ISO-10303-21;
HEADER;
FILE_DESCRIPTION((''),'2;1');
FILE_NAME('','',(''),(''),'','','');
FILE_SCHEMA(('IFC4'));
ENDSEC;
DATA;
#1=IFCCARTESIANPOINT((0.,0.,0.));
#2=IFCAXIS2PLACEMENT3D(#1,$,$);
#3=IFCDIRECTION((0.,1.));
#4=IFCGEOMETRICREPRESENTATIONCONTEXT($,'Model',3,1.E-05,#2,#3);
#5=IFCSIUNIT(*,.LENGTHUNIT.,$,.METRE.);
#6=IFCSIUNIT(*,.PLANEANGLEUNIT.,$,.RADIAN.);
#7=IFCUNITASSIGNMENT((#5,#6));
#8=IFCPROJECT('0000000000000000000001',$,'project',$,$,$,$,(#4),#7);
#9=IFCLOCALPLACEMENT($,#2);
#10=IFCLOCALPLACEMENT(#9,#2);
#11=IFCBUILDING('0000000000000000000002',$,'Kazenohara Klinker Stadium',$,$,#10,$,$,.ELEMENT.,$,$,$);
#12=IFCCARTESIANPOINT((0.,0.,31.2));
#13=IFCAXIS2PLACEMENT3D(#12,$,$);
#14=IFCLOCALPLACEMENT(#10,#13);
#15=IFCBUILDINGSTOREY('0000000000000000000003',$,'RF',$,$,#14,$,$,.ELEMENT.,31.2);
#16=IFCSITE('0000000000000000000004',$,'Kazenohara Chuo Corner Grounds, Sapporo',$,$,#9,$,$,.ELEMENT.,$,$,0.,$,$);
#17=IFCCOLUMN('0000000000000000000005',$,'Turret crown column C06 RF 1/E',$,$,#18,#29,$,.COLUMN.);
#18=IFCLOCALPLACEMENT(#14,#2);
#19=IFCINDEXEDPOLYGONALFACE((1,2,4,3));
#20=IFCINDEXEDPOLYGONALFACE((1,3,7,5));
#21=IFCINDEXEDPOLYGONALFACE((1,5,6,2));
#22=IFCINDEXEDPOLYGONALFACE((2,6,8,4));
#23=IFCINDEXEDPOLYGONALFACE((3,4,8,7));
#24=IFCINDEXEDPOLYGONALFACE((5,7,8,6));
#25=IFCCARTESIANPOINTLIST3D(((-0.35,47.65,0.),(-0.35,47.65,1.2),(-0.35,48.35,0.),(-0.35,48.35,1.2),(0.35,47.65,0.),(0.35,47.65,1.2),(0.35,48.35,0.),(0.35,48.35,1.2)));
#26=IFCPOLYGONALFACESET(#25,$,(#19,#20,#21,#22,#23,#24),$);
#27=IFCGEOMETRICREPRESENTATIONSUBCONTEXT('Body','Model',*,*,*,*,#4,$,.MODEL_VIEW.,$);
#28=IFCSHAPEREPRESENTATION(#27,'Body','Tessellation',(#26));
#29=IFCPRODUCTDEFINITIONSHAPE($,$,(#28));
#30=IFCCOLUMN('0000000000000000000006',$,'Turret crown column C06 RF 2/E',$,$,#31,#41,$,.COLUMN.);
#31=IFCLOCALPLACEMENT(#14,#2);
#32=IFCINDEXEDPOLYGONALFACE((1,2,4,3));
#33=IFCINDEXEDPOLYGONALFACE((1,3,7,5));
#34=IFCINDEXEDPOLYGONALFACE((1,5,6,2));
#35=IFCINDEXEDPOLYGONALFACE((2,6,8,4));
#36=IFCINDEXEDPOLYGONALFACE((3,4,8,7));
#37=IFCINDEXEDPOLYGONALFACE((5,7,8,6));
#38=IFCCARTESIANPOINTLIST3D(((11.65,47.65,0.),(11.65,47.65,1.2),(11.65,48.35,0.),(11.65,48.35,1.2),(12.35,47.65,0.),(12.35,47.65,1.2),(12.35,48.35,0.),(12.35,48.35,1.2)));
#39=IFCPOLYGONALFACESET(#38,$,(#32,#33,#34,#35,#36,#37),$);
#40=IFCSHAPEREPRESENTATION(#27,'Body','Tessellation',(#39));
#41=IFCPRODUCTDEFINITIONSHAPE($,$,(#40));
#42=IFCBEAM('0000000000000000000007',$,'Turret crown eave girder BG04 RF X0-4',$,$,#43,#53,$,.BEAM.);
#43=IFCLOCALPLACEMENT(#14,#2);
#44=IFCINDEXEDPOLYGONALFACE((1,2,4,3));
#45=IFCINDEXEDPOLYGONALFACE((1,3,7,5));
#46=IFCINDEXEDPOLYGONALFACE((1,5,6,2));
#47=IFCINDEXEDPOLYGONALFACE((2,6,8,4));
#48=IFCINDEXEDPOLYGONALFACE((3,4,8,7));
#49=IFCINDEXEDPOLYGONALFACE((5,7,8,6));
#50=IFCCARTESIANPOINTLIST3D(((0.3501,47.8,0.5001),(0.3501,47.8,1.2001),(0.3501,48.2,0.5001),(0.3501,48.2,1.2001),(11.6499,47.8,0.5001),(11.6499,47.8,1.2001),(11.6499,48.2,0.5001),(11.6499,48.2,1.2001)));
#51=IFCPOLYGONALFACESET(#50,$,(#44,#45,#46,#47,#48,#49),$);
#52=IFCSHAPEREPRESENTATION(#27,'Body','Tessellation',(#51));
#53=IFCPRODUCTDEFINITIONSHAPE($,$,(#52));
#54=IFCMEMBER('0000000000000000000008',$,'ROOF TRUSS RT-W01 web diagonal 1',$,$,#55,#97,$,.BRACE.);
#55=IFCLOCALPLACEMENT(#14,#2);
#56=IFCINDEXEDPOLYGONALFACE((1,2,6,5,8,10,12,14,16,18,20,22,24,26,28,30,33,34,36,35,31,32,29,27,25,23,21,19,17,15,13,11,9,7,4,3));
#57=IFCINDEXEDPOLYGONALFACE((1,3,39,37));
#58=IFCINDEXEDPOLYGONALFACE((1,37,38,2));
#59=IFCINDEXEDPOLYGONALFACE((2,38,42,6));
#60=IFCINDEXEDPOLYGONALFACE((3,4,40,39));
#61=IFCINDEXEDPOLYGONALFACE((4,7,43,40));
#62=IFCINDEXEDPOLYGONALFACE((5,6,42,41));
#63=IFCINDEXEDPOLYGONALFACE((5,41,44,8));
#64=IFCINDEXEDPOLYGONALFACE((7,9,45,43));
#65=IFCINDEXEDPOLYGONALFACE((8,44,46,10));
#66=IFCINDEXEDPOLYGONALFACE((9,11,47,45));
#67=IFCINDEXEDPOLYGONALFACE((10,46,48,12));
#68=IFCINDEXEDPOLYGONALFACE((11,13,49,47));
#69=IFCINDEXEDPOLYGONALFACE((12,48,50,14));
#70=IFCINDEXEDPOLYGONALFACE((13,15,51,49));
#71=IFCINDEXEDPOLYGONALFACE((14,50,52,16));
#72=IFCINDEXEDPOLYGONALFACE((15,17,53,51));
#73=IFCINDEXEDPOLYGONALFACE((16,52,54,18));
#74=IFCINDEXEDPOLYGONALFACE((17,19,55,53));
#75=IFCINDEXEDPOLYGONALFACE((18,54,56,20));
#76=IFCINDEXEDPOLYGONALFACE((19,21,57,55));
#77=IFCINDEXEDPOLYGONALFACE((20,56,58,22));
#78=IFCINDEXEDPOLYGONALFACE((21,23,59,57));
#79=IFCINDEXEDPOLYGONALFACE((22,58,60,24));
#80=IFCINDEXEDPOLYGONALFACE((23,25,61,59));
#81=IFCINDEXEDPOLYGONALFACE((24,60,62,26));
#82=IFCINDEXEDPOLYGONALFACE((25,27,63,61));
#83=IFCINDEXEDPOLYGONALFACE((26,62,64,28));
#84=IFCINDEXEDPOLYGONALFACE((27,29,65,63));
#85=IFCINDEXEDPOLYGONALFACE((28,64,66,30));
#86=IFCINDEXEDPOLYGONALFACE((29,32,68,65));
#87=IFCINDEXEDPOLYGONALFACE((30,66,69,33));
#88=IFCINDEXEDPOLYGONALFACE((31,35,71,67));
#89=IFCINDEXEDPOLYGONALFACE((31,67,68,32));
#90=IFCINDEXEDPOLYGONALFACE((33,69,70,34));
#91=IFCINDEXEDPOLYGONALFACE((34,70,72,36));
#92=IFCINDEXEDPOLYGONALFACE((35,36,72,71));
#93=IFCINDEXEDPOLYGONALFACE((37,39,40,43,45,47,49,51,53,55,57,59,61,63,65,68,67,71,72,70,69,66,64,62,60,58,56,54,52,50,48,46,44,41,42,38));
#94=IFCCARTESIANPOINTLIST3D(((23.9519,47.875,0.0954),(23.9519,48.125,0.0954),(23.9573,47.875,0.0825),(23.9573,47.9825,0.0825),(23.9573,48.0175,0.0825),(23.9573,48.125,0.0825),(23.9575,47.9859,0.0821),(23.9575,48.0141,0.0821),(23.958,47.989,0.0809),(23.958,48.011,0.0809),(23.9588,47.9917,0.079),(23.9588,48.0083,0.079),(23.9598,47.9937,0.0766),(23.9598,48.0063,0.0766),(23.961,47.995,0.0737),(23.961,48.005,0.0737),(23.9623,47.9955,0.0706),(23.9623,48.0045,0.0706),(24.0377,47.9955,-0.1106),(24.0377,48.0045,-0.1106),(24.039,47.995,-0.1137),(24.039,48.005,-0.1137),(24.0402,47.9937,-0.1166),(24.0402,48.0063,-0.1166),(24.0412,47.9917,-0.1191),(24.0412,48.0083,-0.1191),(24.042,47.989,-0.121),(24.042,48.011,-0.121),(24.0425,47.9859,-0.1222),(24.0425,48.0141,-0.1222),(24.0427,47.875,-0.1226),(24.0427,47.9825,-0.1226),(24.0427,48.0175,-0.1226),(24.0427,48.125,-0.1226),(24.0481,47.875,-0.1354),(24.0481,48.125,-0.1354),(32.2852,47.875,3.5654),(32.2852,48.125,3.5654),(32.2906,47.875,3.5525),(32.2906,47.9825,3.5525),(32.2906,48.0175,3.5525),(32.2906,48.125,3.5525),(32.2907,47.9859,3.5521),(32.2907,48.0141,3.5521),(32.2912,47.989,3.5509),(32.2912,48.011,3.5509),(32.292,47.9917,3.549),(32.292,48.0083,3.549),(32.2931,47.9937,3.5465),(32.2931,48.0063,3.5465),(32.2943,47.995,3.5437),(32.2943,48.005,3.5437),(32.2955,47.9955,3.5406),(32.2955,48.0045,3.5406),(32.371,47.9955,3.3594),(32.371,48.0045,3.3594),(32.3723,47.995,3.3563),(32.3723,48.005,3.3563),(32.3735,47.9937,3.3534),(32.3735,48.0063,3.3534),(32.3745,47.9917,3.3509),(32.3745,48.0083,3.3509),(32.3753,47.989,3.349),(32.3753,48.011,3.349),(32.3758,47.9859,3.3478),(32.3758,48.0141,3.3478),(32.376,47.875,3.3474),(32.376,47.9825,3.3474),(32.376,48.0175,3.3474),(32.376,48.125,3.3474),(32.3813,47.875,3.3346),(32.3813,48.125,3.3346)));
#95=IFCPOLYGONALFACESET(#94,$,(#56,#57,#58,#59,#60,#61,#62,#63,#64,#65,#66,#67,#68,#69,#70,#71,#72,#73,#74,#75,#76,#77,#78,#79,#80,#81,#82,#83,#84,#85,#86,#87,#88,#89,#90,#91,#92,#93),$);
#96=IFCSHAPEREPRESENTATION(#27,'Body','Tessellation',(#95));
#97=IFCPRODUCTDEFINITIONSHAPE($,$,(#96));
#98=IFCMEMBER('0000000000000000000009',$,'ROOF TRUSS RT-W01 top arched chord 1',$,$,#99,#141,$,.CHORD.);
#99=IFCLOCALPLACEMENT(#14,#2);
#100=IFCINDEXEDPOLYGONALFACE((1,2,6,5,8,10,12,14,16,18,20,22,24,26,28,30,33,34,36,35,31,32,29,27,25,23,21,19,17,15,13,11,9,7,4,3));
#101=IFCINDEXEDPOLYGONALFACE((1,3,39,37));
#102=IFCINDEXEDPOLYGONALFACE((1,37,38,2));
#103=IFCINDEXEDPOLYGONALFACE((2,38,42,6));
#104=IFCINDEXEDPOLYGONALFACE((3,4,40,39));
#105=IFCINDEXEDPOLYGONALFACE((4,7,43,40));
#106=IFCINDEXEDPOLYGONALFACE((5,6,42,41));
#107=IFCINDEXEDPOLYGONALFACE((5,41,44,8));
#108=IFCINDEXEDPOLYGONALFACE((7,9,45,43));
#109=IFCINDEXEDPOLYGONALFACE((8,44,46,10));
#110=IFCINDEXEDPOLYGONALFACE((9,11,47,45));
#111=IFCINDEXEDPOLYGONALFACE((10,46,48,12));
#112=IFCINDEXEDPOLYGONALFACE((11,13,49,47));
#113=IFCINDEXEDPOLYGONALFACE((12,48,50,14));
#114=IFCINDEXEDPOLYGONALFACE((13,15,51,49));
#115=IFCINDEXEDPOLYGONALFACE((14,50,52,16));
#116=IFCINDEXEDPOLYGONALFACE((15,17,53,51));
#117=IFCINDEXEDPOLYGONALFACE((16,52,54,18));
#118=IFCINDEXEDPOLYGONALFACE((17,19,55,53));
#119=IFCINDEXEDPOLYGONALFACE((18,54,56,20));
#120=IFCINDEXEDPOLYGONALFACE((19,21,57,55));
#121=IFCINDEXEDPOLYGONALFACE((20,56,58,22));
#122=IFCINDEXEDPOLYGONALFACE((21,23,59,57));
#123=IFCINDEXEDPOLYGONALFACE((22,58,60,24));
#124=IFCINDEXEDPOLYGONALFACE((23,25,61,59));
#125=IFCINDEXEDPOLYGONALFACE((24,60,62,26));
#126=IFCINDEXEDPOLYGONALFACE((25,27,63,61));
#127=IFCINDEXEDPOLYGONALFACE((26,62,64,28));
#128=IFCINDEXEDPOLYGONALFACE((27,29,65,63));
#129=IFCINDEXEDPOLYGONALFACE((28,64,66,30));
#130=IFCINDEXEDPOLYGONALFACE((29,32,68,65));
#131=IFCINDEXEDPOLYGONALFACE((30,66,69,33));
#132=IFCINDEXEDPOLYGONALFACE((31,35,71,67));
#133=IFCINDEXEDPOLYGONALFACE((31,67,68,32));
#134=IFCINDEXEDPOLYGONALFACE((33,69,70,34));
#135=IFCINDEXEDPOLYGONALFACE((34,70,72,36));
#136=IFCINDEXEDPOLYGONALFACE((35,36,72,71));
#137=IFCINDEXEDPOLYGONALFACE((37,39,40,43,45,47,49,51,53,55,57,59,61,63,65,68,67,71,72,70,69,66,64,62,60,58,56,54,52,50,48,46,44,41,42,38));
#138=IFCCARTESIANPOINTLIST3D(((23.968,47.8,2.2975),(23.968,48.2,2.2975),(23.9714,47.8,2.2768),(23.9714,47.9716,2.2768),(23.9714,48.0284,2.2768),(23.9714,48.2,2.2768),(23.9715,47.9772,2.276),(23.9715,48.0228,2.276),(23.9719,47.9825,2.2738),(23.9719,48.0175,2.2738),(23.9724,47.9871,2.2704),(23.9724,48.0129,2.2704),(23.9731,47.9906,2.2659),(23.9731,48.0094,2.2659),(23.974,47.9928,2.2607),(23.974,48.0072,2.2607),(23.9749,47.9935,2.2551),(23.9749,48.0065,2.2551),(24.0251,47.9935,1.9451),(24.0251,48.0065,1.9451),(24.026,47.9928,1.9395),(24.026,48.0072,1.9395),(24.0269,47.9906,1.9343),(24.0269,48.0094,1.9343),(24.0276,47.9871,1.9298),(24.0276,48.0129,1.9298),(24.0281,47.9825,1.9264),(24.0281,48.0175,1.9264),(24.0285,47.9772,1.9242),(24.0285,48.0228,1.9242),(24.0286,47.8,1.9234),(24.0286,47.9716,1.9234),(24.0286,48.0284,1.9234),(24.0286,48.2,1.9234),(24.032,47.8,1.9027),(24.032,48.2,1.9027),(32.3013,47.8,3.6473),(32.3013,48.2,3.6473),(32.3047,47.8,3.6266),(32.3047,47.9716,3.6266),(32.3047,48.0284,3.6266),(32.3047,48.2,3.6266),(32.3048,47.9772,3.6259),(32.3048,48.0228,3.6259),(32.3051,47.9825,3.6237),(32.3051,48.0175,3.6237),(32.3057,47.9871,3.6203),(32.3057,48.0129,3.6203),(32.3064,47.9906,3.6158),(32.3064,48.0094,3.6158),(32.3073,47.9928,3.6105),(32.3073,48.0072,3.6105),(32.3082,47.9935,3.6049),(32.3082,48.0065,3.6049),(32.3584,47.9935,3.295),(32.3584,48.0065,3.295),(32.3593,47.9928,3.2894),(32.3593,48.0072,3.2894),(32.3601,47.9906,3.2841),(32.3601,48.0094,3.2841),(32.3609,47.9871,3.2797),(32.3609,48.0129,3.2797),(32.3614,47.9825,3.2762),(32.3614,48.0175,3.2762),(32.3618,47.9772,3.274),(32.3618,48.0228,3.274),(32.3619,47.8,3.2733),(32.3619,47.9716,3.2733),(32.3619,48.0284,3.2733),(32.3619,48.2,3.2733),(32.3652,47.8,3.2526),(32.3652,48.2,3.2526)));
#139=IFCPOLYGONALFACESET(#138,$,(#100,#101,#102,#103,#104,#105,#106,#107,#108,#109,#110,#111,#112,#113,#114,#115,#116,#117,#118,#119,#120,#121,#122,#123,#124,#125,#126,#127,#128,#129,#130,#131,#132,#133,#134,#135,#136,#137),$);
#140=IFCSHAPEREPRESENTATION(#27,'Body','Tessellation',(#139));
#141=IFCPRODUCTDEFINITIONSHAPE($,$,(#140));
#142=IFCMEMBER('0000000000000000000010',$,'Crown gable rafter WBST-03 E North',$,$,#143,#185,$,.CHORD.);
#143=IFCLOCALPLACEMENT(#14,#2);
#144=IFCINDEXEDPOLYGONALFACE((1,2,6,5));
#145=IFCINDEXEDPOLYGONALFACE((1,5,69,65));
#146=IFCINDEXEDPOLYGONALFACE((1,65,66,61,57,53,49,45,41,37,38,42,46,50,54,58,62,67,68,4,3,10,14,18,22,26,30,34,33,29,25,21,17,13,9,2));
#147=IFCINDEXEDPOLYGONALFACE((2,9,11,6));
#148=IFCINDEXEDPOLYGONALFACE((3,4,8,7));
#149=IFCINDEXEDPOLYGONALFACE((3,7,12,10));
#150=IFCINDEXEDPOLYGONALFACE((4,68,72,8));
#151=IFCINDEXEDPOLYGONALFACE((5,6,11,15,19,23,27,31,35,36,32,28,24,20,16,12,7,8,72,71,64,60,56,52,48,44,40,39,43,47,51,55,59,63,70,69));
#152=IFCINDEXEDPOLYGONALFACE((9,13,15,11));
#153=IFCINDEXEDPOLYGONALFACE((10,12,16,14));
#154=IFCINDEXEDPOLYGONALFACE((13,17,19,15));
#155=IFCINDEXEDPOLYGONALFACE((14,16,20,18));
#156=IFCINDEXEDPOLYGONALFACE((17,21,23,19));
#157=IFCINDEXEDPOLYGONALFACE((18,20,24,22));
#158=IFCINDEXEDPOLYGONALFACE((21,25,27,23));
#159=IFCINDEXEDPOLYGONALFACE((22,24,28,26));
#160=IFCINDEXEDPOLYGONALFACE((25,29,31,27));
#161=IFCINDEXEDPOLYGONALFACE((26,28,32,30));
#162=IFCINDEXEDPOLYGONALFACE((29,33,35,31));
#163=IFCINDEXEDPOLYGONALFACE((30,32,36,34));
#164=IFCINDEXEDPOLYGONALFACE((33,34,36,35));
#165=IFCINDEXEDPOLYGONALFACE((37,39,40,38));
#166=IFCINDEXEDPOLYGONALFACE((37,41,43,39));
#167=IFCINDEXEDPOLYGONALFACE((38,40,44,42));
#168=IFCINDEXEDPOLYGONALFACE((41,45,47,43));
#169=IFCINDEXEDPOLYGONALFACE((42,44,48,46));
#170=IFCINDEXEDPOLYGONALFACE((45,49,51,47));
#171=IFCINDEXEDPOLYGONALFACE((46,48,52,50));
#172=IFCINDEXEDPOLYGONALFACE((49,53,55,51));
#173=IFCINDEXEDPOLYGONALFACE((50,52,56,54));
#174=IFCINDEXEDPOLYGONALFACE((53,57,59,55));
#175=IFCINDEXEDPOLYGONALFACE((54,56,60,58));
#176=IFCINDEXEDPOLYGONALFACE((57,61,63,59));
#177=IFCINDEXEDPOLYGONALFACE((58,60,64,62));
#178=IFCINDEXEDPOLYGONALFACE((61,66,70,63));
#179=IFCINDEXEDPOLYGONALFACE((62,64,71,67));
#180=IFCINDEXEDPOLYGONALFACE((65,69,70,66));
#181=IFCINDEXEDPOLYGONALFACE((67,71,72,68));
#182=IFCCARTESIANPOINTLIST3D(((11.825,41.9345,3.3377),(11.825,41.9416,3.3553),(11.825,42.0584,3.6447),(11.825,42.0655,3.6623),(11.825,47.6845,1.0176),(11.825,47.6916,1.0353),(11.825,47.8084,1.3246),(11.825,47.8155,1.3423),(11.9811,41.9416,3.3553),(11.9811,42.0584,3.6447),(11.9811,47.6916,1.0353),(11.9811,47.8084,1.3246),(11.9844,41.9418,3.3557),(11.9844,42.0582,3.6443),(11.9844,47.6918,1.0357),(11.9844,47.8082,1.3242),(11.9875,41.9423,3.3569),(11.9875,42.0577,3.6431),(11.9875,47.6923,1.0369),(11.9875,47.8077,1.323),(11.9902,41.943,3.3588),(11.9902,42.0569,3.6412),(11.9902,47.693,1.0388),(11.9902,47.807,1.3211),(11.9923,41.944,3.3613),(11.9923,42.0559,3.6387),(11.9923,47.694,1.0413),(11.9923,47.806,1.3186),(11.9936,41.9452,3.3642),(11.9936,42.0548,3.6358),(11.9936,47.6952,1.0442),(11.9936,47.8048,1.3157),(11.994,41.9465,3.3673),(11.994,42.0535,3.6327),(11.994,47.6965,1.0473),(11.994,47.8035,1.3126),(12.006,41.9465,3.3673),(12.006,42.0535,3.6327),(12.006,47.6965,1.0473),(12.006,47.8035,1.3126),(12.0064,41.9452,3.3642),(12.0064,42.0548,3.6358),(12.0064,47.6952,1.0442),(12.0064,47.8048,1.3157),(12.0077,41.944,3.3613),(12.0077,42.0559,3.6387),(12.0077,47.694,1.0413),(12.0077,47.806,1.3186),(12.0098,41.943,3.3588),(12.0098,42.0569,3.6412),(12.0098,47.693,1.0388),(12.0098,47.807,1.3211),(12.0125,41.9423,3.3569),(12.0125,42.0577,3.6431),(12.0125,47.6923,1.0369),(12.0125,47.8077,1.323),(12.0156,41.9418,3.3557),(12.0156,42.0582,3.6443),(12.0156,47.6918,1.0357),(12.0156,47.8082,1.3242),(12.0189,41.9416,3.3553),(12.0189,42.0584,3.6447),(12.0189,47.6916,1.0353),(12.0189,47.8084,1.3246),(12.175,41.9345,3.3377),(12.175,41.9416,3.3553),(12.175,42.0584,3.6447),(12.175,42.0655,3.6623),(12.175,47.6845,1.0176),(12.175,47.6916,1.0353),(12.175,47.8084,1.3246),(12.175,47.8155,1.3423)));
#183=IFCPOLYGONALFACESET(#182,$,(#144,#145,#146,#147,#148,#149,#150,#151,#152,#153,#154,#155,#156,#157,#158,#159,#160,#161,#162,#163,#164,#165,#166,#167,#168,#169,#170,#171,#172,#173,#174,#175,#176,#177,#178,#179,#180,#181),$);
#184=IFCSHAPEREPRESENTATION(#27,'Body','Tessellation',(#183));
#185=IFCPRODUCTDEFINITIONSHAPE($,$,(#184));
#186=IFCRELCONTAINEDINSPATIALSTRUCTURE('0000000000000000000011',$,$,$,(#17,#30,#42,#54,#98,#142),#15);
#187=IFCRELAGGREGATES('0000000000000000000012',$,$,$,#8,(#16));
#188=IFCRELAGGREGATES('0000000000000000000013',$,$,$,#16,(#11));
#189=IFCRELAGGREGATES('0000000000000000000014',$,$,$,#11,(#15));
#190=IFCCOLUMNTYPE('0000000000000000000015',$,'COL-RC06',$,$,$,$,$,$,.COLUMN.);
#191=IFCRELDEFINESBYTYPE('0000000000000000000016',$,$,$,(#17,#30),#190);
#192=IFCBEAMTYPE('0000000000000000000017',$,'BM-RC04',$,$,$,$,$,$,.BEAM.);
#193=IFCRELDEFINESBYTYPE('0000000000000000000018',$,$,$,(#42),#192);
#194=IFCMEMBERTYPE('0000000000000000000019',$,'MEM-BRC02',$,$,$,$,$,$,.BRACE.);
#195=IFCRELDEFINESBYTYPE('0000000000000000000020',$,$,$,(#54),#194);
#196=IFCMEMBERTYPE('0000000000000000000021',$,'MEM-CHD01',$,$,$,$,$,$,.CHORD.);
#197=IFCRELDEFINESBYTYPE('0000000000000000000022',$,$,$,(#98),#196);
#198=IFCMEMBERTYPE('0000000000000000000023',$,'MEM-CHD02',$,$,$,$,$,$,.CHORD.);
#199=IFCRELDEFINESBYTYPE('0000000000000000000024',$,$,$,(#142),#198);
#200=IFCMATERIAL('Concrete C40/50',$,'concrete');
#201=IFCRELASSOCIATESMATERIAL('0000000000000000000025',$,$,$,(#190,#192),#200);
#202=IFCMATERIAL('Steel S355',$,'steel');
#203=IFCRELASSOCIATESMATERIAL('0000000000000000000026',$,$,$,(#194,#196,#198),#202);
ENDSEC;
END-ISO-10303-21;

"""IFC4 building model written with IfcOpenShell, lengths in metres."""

from ifc_helpers import new_model, si_unit, direction, frame, origin, origin_2d, place, context, subcontext, project, spatial, rectangle, i_section, extrude, material, material_profile, profile_set, type_object, element, save


model = new_model("IFC4")

# Units and contexts
model_context = context("Model", 3, precision=1e-05, world=origin(), true_north=direction((0.0, 1.0)))
body_context = subcontext(model_context, "Body", "Model", "MODEL_VIEW")
ifc_project = project(units=[si_unit("LENGTHUNIT", "METRE"), si_unit("PLANEANGLEUNIT", "RADIAN")], contexts=[model_context])

# Site, building, storey
site_placement = place(None, origin())
site = spatial("IfcSite", under=ifc_project, at=site_placement, Name="Kazenohara Chuo Corner Grounds, Sapporo", CompositionType="ELEMENT", RefElevation=0.0)
building_placement = place(site_placement, origin())
building = spatial("IfcBuilding", under=site, at=building_placement, Name="Kazenohara Klinker Stadium", CompositionType="ELEMENT")
storey_placement = place(building_placement, frame((0.0, 0.0, 31.2)))
storey = spatial("IfcBuildingStorey", under=building, at=storey_placement, Name="RF", CompositionType="ELEMENT", Elevation=31.2)

# Columns
ifc_material_1 = material(Name="Concrete C40/50", Category="concrete")
ifc_material_profile_1 = material_profile(ifc_material_1, rectangle(XDim=0.7, YDim=0.7, at=origin_2d()), Name="RC-COL-700x700")
ifc_profile_set_1 = profile_set([ifc_material_profile_1], Name="Concrete C40/50")
column_type = type_object("IfcColumnType", Name="COL-RC06", PredefinedType="COLUMN", material=ifc_profile_set_1)
for number, where, z_axis, x_axis, name in (
    (1, (0.0, 48.0, 0.0), (0.0, 0.0, 1.0), (1.0, 0.0, 0.0), "Turret crown column C06 RF 1/E"),
    (2, (12.0, 48.0, 0.0), (0.0, 0.0, 1.0), (1.0, 0.0, 0.0), "Turret crown column C06 RF 2/E"),
):
    element("IfcColumn", number, at=place(storey_placement, frame(where, z_axis=z_axis, x_axis=x_axis)), inside=storey, type_object=column_type, Name=name, PredefinedType="COLUMN", context=body_context, shape_type="SweptSolid", body=[
        extrude(rectangle(XDim=0.7, YDim=0.7, at=origin_2d()), origin(), (0.0, 0.0, 1.0), 1.2),
    ])

# Beam
ifc_material_profile_2 = material_profile(ifc_material_1, rectangle(XDim=0.3999, YDim=0.7, at=origin_2d()), Name="RC-BM-400x700")
ifc_profile_set_2 = profile_set([ifc_material_profile_2], Name="Concrete C40/50")
beam_type_1 = type_object("IfcBeamType", Name="BM-RC04", PredefinedType="BEAM", material=ifc_profile_set_2)
beam_1_placement = place(storey_placement, frame((0.3501, 48.0, 0.8501), z_axis=(1.0, 0.0, 0.0), x_axis=(0.0, 1.0, 0.0)))
element("IfcBeam", 3, at=beam_1_placement, inside=storey, type_object=beam_type_1, Name="Turret crown eave girder BG04 RF X0-4", PredefinedType="BEAM", context=body_context, shape_type="SweptSolid", body=[
    extrude(rectangle(XDim=0.3999, YDim=0.7, at=origin_2d()), origin(), (0.0, 0.0, 1.0), 11.2998),
])

# Members
ifc_material_2 = material(Name="Steel S355", Category="steel")
ifc_material_profile_3 = material_profile(ifc_material_2, i_section(OverallWidth=0.25, OverallDepth=0.25, WebThickness=0.009, FlangeThickness=0.0139, FilletRadius=0.0129, at=origin_2d()), Name="H-250x250x9x14")
ifc_profile_set_3 = profile_set([ifc_material_profile_3], Name="Steel S355")
member_type_1 = type_object("IfcMemberType", Name="MEM-BRC02", PredefinedType="BRACE", material=ifc_profile_set_3)
member_1_placement = place(storey_placement, frame((24.0, 48.0, -0.02), z_axis=(0.923164, 0.0, 0.384406), x_axis=(0.0, 1.0, 0.0)))
element("IfcMember", 4, at=member_1_placement, inside=storey, type_object=member_type_1, Name="ROOF TRUSS RT-W01 web diagonal 1", PredefinedType="BRACE", context=body_context, shape_type="SweptSolid", body=[
    extrude(i_section(OverallWidth=0.25, OverallDepth=0.25, WebThickness=0.009, FlangeThickness=0.0139, FilletRadius=0.0129, at=origin_2d()), origin(), (0.0, 0.0, 1.0), 9.0269),
])
ifc_material_profile_4 = material_profile(ifc_material_2, i_section(OverallWidth=0.3999, OverallDepth=0.3999, WebThickness=0.0129, FlangeThickness=0.021, FilletRadius=0.022, at=origin_2d()), Name="H-400x400x13x21")
ifc_profile_set_4 = profile_set([ifc_material_profile_4], Name="Steel S355")
member_type_2 = type_object("IfcMemberType", Name="MEM-CHD01", PredefinedType="CHORD", material=ifc_profile_set_4)
member_2_placement = place(storey_placement, frame((24.0, 48.0, 2.1001), z_axis=(0.987133, 0.0, 0.1599), x_axis=(0.0, 1.0, 0.0)))
element("IfcMember", 5, at=member_2_placement, inside=storey, type_object=member_type_2, Name="ROOF TRUSS RT-W01 top arched chord 1", PredefinedType="CHORD", context=body_context, shape_type="SweptSolid", body=[
    extrude(i_section(OverallWidth=0.3999, OverallDepth=0.3999, WebThickness=0.0129, FlangeThickness=0.021, FilletRadius=0.022, at=origin_2d()), origin(), (0.0, 0.0, 1.0), 8.4419),
])
ifc_material_profile_5 = material_profile(ifc_material_2, i_section(OverallWidth=0.3501, OverallDepth=0.3501, WebThickness=0.012, FlangeThickness=0.019, FilletRadius=0.0129, at=origin_2d()), Name="H-350x350x12x19")
ifc_profile_set_5 = profile_set([ifc_material_profile_5], Name="Steel S355")
member_type_3 = type_object("IfcMemberType", Name="MEM-CHD02", PredefinedType="CHORD", material=ifc_profile_set_5)
member_3_placement = place(storey_placement, frame((12.0, 47.75, 1.1799), z_axis=(0.0, -0.927356, 0.374179), x_axis=(1.0, 0.0, 0.0)))
element("IfcMember", 6, at=member_3_placement, inside=storey, type_object=member_type_3, Name="Crown gable rafter WBST-03 E North", PredefinedType="CHORD", context=body_context, shape_type="SweptSolid", body=[
    extrude(i_section(OverallWidth=0.3501, OverallDepth=0.3501, WebThickness=0.012, FlangeThickness=0.019, FilletRadius=0.0129, at=origin_2d()), origin(), (0.0, 0.0, 1.0), 6.2004),
])

save(model, "model.ifc")
